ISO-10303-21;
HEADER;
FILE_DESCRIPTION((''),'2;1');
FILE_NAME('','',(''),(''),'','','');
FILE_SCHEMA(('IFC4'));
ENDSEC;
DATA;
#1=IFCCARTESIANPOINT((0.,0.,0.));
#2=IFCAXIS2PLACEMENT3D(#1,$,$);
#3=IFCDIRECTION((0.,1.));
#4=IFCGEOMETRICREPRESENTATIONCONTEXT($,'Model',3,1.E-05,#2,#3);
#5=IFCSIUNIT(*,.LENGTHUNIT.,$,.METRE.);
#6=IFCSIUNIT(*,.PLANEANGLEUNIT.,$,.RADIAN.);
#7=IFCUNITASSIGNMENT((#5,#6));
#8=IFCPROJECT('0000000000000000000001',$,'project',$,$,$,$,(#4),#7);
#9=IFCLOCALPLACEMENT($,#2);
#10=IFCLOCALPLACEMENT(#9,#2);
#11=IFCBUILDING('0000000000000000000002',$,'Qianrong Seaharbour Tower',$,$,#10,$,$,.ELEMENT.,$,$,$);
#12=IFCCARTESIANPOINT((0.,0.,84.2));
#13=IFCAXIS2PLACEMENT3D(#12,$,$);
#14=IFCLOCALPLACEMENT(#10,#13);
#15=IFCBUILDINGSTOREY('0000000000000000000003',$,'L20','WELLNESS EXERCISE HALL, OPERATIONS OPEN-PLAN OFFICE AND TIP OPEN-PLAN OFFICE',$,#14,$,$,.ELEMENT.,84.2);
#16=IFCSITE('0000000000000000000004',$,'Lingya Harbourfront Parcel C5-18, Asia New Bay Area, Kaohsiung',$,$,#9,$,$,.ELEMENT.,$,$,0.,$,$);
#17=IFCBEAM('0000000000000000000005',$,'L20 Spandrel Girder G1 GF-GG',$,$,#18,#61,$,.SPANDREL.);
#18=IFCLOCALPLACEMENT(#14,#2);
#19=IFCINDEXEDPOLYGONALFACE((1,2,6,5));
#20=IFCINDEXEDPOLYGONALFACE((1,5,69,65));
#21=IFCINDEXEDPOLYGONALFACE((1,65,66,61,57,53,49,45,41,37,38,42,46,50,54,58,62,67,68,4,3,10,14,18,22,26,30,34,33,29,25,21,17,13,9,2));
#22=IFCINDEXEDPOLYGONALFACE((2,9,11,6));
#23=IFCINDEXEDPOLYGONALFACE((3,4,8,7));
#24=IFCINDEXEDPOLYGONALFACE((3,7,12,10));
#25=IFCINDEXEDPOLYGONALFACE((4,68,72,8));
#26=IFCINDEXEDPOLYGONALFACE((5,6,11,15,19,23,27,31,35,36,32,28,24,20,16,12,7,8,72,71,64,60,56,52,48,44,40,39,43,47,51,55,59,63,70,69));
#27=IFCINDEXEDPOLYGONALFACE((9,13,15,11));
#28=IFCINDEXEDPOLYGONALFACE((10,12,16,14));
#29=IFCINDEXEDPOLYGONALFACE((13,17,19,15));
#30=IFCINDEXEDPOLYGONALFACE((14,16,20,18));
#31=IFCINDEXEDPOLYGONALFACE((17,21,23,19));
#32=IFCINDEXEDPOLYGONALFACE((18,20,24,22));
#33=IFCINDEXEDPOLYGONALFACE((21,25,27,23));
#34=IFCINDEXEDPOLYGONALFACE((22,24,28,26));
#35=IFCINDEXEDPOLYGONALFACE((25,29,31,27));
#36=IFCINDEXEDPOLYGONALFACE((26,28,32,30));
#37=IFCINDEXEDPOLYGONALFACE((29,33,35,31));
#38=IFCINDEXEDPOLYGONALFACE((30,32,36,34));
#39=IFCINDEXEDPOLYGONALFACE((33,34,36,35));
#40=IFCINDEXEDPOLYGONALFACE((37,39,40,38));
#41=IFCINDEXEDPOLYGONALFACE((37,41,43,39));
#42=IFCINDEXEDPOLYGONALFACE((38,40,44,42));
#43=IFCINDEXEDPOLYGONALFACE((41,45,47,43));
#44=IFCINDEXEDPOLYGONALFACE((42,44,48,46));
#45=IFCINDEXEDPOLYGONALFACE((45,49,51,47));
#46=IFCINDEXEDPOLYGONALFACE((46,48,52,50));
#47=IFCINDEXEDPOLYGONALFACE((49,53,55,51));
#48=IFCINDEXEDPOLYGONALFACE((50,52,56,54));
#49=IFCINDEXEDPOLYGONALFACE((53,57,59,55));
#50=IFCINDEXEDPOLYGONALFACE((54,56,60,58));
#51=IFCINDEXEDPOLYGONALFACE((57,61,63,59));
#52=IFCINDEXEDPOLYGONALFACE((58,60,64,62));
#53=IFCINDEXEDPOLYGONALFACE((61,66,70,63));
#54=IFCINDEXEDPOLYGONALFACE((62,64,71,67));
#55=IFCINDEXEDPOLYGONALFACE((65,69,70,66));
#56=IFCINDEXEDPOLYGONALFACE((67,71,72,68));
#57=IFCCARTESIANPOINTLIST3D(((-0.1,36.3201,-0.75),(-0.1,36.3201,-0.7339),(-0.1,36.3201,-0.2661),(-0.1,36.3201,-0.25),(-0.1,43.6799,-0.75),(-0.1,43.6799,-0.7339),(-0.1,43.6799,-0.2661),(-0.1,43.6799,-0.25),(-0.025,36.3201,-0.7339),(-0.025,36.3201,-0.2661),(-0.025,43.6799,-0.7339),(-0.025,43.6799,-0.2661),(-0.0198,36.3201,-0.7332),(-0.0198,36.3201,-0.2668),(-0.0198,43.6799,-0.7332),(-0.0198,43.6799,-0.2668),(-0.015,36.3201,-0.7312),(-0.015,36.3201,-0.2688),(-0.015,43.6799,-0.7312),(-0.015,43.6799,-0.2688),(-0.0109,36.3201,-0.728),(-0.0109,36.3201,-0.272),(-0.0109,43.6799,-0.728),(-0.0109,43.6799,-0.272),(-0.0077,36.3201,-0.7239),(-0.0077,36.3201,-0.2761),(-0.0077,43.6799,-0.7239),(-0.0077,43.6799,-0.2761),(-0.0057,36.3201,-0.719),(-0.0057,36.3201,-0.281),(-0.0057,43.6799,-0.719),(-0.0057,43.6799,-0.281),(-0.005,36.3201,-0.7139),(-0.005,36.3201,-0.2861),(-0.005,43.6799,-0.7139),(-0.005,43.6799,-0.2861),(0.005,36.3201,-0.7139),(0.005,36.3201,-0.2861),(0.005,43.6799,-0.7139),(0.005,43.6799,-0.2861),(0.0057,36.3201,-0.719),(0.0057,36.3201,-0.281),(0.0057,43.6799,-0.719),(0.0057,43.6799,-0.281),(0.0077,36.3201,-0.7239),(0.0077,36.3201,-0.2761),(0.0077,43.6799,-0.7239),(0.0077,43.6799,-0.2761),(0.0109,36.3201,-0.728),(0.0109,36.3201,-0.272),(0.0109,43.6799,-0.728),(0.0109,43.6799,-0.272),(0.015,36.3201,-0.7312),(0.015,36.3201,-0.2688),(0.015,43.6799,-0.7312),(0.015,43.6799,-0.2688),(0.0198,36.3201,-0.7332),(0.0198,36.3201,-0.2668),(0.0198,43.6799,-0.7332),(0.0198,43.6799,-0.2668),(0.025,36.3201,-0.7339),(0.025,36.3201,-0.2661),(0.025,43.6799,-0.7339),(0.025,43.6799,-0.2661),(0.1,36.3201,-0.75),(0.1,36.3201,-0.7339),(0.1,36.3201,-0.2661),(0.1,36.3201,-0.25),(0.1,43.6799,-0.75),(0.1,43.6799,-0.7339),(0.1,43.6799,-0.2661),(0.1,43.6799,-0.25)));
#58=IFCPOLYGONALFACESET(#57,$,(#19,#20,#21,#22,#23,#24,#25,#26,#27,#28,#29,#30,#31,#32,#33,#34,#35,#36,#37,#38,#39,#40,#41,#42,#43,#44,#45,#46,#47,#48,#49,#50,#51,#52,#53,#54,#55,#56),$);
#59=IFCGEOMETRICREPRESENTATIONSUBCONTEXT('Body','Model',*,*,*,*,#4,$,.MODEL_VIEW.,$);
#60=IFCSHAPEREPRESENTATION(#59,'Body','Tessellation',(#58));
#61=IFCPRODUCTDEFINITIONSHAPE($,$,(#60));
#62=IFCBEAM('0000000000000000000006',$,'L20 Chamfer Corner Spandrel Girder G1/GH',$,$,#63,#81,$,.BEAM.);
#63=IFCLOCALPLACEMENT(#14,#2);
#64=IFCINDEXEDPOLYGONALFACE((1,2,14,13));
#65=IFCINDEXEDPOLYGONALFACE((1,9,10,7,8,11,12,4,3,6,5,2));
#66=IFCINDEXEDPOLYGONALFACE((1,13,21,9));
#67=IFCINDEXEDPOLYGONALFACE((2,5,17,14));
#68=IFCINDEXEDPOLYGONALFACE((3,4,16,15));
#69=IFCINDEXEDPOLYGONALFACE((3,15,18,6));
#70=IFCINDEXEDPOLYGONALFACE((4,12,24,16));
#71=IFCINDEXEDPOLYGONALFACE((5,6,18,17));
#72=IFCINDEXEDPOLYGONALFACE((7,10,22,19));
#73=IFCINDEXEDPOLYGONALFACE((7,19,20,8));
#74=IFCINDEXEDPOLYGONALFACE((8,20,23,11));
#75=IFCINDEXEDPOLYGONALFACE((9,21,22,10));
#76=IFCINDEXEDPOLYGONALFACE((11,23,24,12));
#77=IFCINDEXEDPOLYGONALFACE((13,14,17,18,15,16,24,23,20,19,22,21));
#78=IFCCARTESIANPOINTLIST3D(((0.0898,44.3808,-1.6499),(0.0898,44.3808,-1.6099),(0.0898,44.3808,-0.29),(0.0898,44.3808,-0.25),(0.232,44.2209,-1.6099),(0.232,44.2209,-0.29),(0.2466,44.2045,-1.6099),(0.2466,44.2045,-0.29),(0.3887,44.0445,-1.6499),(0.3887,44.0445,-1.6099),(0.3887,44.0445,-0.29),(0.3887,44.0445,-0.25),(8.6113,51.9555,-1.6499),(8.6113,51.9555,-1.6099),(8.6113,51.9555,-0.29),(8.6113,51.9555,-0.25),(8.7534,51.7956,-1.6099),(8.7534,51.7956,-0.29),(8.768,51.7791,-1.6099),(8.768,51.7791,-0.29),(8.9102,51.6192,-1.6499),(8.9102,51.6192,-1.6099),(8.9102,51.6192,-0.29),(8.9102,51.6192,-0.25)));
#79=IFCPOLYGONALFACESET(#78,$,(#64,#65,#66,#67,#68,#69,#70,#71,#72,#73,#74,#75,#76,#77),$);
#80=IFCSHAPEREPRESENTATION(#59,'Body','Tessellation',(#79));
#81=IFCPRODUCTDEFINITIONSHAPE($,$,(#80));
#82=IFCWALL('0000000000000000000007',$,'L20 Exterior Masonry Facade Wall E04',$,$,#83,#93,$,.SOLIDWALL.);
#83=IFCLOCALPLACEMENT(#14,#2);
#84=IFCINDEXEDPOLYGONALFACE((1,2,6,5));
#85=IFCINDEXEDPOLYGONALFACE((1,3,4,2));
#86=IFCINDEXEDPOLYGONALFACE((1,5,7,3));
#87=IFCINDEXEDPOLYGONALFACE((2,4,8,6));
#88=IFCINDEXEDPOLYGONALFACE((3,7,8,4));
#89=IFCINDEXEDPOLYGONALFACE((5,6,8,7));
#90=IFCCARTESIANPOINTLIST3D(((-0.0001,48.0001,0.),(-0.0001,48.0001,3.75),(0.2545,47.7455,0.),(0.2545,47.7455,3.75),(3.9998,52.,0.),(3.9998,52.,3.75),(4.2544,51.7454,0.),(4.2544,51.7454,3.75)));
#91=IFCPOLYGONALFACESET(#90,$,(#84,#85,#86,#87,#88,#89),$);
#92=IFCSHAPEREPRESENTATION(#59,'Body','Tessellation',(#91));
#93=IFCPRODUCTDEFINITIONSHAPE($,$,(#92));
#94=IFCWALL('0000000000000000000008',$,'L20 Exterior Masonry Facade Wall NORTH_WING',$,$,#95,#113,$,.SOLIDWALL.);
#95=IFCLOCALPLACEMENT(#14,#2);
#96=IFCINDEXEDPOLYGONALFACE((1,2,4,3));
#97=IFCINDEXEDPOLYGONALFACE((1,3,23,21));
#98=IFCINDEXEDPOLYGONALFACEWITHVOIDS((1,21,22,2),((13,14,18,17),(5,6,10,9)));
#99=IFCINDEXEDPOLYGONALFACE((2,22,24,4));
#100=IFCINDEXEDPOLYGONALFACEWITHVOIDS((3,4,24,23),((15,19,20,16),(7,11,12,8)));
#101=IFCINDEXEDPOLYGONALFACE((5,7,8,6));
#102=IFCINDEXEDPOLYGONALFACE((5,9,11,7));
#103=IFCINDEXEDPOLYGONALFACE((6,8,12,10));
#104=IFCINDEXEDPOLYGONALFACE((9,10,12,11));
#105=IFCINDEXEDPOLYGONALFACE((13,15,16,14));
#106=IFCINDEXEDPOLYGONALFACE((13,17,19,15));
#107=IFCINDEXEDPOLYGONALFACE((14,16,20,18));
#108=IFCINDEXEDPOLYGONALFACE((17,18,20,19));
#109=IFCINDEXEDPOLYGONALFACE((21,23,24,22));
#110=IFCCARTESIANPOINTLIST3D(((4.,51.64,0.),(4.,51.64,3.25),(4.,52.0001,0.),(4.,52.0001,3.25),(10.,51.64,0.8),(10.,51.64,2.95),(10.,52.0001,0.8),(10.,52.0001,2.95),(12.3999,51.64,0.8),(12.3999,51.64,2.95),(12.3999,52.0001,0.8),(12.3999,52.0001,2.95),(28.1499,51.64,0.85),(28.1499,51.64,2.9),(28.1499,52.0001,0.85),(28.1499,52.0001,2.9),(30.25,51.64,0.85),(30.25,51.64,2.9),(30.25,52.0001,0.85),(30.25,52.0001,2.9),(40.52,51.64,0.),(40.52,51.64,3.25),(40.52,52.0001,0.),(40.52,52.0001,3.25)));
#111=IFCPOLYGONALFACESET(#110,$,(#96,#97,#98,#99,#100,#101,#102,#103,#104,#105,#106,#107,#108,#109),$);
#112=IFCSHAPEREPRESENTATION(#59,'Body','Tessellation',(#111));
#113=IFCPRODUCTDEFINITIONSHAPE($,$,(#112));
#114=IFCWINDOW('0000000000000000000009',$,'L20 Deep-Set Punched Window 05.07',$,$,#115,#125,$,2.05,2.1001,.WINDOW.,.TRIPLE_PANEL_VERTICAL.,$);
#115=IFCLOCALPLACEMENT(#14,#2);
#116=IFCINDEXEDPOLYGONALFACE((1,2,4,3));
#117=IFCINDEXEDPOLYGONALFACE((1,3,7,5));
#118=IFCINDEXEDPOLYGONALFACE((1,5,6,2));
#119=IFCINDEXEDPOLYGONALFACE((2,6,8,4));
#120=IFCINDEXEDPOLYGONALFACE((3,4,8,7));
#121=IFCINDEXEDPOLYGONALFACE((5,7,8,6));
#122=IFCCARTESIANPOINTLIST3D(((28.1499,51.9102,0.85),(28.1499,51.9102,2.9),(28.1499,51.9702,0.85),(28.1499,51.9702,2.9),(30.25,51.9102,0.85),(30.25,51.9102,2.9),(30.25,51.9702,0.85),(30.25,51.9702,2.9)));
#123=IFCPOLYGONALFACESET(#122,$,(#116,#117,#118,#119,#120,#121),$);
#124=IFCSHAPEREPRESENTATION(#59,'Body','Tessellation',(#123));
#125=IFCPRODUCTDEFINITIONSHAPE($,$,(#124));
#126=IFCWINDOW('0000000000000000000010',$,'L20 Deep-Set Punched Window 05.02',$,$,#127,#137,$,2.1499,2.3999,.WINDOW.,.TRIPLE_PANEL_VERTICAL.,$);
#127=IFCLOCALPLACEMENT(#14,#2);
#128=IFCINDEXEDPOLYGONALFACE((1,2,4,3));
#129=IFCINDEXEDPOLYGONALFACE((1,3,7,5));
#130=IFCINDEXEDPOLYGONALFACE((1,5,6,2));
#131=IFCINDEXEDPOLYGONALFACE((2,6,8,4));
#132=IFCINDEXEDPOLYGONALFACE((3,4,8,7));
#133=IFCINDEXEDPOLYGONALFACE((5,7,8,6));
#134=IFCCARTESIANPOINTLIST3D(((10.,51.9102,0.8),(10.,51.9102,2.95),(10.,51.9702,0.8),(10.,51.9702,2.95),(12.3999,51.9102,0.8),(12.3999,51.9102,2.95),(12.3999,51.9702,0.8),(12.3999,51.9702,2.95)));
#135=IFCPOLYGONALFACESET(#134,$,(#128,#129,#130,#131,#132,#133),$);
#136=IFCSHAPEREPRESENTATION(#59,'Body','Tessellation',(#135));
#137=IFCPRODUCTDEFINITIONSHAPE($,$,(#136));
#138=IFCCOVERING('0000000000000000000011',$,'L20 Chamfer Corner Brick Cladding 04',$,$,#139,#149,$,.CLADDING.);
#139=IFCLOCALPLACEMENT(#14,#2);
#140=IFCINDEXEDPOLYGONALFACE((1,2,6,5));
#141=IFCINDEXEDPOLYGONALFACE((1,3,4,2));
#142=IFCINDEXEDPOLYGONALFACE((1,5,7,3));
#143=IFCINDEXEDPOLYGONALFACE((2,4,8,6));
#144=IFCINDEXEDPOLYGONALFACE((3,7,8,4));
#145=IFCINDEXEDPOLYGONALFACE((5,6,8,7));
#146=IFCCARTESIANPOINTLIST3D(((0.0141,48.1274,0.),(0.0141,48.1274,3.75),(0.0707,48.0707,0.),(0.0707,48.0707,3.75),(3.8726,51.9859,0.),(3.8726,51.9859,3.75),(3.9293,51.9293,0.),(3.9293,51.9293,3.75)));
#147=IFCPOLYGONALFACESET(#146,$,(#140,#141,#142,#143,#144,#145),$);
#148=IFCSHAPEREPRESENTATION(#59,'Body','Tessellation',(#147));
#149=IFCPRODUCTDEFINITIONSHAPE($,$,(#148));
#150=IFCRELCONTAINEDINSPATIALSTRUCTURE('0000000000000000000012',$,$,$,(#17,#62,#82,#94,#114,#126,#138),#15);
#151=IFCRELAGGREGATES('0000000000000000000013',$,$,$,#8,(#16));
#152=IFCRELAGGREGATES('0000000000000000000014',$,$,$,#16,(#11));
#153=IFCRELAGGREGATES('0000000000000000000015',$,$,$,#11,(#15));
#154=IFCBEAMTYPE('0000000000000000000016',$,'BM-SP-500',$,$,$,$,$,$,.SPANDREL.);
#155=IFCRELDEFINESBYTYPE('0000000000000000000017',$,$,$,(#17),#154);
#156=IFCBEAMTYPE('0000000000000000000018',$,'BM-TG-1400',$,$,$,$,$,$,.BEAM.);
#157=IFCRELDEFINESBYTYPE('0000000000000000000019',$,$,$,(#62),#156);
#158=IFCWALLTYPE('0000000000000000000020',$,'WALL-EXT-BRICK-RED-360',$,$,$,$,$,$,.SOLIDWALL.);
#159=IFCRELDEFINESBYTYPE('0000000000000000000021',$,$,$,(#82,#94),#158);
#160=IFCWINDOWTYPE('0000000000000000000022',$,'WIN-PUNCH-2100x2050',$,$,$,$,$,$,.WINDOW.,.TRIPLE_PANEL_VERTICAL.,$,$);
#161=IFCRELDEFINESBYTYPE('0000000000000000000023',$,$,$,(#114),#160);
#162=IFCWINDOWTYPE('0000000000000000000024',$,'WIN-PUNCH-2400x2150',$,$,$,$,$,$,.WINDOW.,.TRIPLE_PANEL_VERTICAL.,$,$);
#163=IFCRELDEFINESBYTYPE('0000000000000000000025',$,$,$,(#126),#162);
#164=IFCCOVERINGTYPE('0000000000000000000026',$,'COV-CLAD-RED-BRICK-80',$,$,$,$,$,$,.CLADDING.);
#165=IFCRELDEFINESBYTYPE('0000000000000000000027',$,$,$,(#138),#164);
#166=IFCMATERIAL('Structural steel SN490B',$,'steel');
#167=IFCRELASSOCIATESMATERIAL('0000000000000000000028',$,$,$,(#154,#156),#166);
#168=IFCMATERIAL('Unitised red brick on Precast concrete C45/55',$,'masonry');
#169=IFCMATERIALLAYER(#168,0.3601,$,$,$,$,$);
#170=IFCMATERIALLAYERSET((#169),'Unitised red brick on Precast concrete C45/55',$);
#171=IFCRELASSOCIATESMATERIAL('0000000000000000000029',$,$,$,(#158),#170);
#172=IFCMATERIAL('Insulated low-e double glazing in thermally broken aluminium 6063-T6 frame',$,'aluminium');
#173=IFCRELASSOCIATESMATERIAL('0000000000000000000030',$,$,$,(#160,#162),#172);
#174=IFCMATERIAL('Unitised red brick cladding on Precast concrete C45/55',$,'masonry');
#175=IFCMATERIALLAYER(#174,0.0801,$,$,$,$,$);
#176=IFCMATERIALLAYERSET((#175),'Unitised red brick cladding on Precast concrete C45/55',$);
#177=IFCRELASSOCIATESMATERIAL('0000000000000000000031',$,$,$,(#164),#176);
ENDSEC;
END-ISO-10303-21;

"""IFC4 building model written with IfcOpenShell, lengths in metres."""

from ifc_helpers import new_model, si_unit, direction, frame, frame_2d, origin, origin_2d, place, context, subcontext, project, spatial, rectangle, i_section, extrude, material, layer, layer_set, material_profile, profile_set, type_object, element, fill, save


model = new_model("IFC4")

# Units and contexts
model_context = context("Model", 3, precision=1e-05, world=origin(), true_north=direction((0.0, 1.0)))
body_context = subcontext(model_context, "Body", "Model", "MODEL_VIEW")
ifc_project = project(units=[si_unit("LENGTHUNIT", "METRE"), si_unit("PLANEANGLEUNIT", "RADIAN")], contexts=[model_context])

# Site, building, storey
site_placement = place(None, origin())
site = spatial("IfcSite", under=ifc_project, at=site_placement, Name="Lingya Harbourfront Parcel C5-18, Asia New Bay Area, Kaohsiung", CompositionType="ELEMENT", RefElevation=0.0)
building_placement = place(site_placement, origin())
building = spatial("IfcBuilding", under=site, at=building_placement, Name="Qianrong Seaharbour Tower", CompositionType="ELEMENT")
storey_placement = place(building_placement, frame((0.0, 0.0, 84.2)))
storey = spatial("IfcBuildingStorey", under=building, at=storey_placement, Name="L20", Description="WELLNESS EXERCISE HALL, OPERATIONS OPEN-PLAN OFFICE AND TIP OPEN-PLAN OFFICE", CompositionType="ELEMENT", Elevation=84.2)

# Shared definitions
ifc_material_1 = material(Name="Structural steel SN490B", Category="steel")

# Beams
ifc_material_profile_1 = material_profile(ifc_material_1, i_section(OverallWidth=0.2, OverallDepth=0.5, WebThickness=0.01, FlangeThickness=0.0161, FilletRadius=0.02, at=origin_2d()), Name="H500x200x10x16")
ifc_profile_set_1 = profile_set([ifc_material_profile_1], Name="Structural steel SN490B")
beam_type_1 = type_object("IfcBeamType", Name="BM-SP-500", PredefinedType="SPANDREL", material=ifc_profile_set_1)
beam_1_placement = place(storey_placement, frame((0.0, 36.3201, -0.5), z_axis=(0.0, 1.0, 0.0), x_axis=(-1.0, 0.0, 0.0)))
element("IfcBeam", 1, at=beam_1_placement, inside=storey, type_object=beam_type_1, Name="L20 Spandrel Girder G1 GF-GG", PredefinedType="SPANDREL", context=body_context, shape_type="SweptSolid", body=[
    extrude(i_section(OverallWidth=0.2, OverallDepth=0.5, WebThickness=0.01, FlangeThickness=0.0161, FilletRadius=0.02, at=origin_2d()), origin(), (0.0, 0.0, 1.0), 7.3599),
])
ifc_material_profile_2 = material_profile(ifc_material_1, i_section(OverallWidth=0.45, OverallDepth=1.3999, WebThickness=0.022, FlangeThickness=0.04, at=origin_2d()), Name="BH1400x450x22x40")
ifc_profile_set_2 = profile_set([ifc_material_profile_2], Name="Structural steel SN490B")
beam_type_2 = type_object("IfcBeamType", Name="BM-TG-1400", PredefinedType="BEAM", material=ifc_profile_set_2)
beam_2_placement = place(storey_placement, frame((8.7607, 51.7874, -0.95), z_axis=(-0.747407, -0.664366, 0.0), x_axis=(0.664366, -0.747407, 0.0)))
element("IfcBeam", 2, at=beam_2_placement, inside=storey, type_object=beam_type_2, Name="L20 Chamfer Corner Spandrel Girder G1/GH", PredefinedType="BEAM", context=body_context, shape_type="SweptSolid", body=[
    extrude(i_section(OverallWidth=0.45, OverallDepth=1.3999, WebThickness=0.022, FlangeThickness=0.04, at=origin_2d()), origin(), (0.0, 0.0, 1.0), 11.4014),
])

# Wall
ifc_material_2 = material(Name="Unitised red brick on Precast concrete C45/55", Category="masonry")
ifc_layer_1 = layer(ifc_material_2, 0.3601)
ifc_layer_set_1 = layer_set([ifc_layer_1], Name="Unitised red brick on Precast concrete C45/55")
wall_type_1 = type_object("IfcWallType", Name="WALL-EXT-BRICK-RED-360", PredefinedType="SOLIDWALL", material=ifc_layer_set_1)
wall_1_placement = place(storey_placement, frame((0.1272, 47.8728, 0.0), z_axis=(0.0, 0.0, 1.0), x_axis=(0.707107, 0.707107, 0.0)))
element("IfcWall", 3, at=wall_1_placement, inside=storey, type_object=wall_type_1, Name="L20 Exterior Masonry Facade Wall E04", PredefinedType="SOLIDWALL", context=body_context, shape_type="SweptSolid", body=[
    extrude(rectangle(XDim=5.6567, YDim=0.3601, at=frame_2d((2.8284, 0.0))), origin(), (0.0, 0.0, 1.0), 3.75),
])

# Wall, openings, windows
wall_2_placement = place(storey_placement, frame((4.0, 51.8201, 0.0), z_axis=(0.0, 0.0, 1.0), x_axis=(1.0, 0.0, 0.0)))
wall_2 = element("IfcWall", 4, at=wall_2_placement, inside=storey, type_object=wall_type_1, Name="L20 Exterior Masonry Facade Wall NORTH_WING", PredefinedType="SOLIDWALL", context=body_context, shape_type="SweptSolid", body=[
    extrude(rectangle(XDim=36.52, YDim=0.3601, at=frame_2d((18.26, 0.0))), origin(), (0.0, 0.0, 1.0), 3.25),
])
opening_1_placement = place(wall_2_placement, frame((6.0, 0.0, 0.8)))
opening_1 = element("IfcOpeningElement", 5, at=opening_1_placement, cuts=wall_2, PredefinedType="OPENING", context=body_context, shape_type="SweptSolid", body=[
    extrude(rectangle(XDim=2.3999, YDim=2.1499, at=frame_2d((1.2, 1.075))), frame((0.0, 0.1899, 0.0), z_axis=(0.0, -1.0, 0.0), x_axis=(1.0, 0.0, 0.0)), (0.0, 0.0, 1.0), 0.3801),
])
opening_2_placement = place(wall_2_placement, frame((24.1499, 0.0, 0.8501)))
opening_2 = element("IfcOpeningElement", 6, at=opening_2_placement, cuts=wall_2, PredefinedType="OPENING", context=body_context, shape_type="SweptSolid", body=[
    extrude(rectangle(XDim=2.1001, YDim=2.05, at=frame_2d((1.05, 1.0249))), frame((0.0, 0.1899, 0.0), z_axis=(0.0, -1.0, 0.0), x_axis=(1.0, 0.0, 0.0)), (0.0, 0.0, 1.0), 0.3801),
])
ifc_material_3 = material(Name="Insulated low-e double glazing in thermally broken aluminium 6063-T6 frame", Category="aluminium")
window_type_1 = type_object("IfcWindowType", Name="WIN-PUNCH-2100x2050", PartitioningType="TRIPLE_PANEL_VERTICAL", PredefinedType="WINDOW", material=ifc_material_3)
window_1_placement = place(opening_2_placement, origin())
window_1 = element("IfcWindow", 7, at=window_1_placement, inside=storey, type_object=window_type_1, Name="L20 Deep-Set Punched Window 05.07", OverallHeight=2.05, OverallWidth=2.1001, PartitioningType="TRIPLE_PANEL_VERTICAL", PredefinedType="WINDOW", context=body_context, shape_type="SweptSolid", body=[
    extrude(rectangle(XDim=2.1001, YDim=2.05, at=frame_2d((1.05, 1.0249))), frame((0.0, 0.1501, 0.0), z_axis=(0.0, -1.0, 0.0), x_axis=(1.0, 0.0, 0.0)), (0.0, 0.0, 1.0), 0.0601),
])
fill(opening_2, window_1)
window_type_2 = type_object("IfcWindowType", Name="WIN-PUNCH-2400x2150", PartitioningType="TRIPLE_PANEL_VERTICAL", PredefinedType="WINDOW", material=ifc_material_3)
window_2_placement = place(opening_1_placement, origin())
window_2 = element("IfcWindow", 8, at=window_2_placement, inside=storey, type_object=window_type_2, Name="L20 Deep-Set Punched Window 05.02", OverallHeight=2.1499, OverallWidth=2.3999, PartitioningType="TRIPLE_PANEL_VERTICAL", PredefinedType="WINDOW", context=body_context, shape_type="SweptSolid", body=[
    extrude(rectangle(XDim=2.3999, YDim=2.1499, at=frame_2d((1.2, 1.075))), frame((0.0, 0.1501, 0.0), z_axis=(0.0, -1.0, 0.0), x_axis=(1.0, 0.0, 0.0)), (0.0, 0.0, 1.0), 0.0601),
])
fill(opening_1, window_2)

# Covering
ifc_material_4 = material(Name="Unitised red brick cladding on Precast concrete C45/55", Category="masonry")
ifc_layer_2 = layer(ifc_material_4, 0.0801)
ifc_layer_set_2 = layer_set([ifc_layer_2], Name="Unitised red brick cladding on Precast concrete C45/55")
covering_type = type_object("IfcCoveringType", Name="COV-CLAD-RED-BRICK-80", PredefinedType="CLADDING", material=ifc_layer_set_2)
covering_placement = place(storey_placement, frame((1.9717, 50.0283, 0.0), z_axis=(0.0, 0.0, 1.0), x_axis=(0.707107, 0.707107, 0.0)))
element("IfcCovering", 9, at=covering_placement, inside=storey, type_object=covering_type, Name="L20 Chamfer Corner Brick Cladding 04", PredefinedType="CLADDING", context=body_context, shape_type="SweptSolid", body=[
    extrude(rectangle(XDim=5.4568, YDim=0.0801, at=origin_2d()), origin(), (0.0, 0.0, 1.0), 3.75),
])

save(model, "model.ifc")
